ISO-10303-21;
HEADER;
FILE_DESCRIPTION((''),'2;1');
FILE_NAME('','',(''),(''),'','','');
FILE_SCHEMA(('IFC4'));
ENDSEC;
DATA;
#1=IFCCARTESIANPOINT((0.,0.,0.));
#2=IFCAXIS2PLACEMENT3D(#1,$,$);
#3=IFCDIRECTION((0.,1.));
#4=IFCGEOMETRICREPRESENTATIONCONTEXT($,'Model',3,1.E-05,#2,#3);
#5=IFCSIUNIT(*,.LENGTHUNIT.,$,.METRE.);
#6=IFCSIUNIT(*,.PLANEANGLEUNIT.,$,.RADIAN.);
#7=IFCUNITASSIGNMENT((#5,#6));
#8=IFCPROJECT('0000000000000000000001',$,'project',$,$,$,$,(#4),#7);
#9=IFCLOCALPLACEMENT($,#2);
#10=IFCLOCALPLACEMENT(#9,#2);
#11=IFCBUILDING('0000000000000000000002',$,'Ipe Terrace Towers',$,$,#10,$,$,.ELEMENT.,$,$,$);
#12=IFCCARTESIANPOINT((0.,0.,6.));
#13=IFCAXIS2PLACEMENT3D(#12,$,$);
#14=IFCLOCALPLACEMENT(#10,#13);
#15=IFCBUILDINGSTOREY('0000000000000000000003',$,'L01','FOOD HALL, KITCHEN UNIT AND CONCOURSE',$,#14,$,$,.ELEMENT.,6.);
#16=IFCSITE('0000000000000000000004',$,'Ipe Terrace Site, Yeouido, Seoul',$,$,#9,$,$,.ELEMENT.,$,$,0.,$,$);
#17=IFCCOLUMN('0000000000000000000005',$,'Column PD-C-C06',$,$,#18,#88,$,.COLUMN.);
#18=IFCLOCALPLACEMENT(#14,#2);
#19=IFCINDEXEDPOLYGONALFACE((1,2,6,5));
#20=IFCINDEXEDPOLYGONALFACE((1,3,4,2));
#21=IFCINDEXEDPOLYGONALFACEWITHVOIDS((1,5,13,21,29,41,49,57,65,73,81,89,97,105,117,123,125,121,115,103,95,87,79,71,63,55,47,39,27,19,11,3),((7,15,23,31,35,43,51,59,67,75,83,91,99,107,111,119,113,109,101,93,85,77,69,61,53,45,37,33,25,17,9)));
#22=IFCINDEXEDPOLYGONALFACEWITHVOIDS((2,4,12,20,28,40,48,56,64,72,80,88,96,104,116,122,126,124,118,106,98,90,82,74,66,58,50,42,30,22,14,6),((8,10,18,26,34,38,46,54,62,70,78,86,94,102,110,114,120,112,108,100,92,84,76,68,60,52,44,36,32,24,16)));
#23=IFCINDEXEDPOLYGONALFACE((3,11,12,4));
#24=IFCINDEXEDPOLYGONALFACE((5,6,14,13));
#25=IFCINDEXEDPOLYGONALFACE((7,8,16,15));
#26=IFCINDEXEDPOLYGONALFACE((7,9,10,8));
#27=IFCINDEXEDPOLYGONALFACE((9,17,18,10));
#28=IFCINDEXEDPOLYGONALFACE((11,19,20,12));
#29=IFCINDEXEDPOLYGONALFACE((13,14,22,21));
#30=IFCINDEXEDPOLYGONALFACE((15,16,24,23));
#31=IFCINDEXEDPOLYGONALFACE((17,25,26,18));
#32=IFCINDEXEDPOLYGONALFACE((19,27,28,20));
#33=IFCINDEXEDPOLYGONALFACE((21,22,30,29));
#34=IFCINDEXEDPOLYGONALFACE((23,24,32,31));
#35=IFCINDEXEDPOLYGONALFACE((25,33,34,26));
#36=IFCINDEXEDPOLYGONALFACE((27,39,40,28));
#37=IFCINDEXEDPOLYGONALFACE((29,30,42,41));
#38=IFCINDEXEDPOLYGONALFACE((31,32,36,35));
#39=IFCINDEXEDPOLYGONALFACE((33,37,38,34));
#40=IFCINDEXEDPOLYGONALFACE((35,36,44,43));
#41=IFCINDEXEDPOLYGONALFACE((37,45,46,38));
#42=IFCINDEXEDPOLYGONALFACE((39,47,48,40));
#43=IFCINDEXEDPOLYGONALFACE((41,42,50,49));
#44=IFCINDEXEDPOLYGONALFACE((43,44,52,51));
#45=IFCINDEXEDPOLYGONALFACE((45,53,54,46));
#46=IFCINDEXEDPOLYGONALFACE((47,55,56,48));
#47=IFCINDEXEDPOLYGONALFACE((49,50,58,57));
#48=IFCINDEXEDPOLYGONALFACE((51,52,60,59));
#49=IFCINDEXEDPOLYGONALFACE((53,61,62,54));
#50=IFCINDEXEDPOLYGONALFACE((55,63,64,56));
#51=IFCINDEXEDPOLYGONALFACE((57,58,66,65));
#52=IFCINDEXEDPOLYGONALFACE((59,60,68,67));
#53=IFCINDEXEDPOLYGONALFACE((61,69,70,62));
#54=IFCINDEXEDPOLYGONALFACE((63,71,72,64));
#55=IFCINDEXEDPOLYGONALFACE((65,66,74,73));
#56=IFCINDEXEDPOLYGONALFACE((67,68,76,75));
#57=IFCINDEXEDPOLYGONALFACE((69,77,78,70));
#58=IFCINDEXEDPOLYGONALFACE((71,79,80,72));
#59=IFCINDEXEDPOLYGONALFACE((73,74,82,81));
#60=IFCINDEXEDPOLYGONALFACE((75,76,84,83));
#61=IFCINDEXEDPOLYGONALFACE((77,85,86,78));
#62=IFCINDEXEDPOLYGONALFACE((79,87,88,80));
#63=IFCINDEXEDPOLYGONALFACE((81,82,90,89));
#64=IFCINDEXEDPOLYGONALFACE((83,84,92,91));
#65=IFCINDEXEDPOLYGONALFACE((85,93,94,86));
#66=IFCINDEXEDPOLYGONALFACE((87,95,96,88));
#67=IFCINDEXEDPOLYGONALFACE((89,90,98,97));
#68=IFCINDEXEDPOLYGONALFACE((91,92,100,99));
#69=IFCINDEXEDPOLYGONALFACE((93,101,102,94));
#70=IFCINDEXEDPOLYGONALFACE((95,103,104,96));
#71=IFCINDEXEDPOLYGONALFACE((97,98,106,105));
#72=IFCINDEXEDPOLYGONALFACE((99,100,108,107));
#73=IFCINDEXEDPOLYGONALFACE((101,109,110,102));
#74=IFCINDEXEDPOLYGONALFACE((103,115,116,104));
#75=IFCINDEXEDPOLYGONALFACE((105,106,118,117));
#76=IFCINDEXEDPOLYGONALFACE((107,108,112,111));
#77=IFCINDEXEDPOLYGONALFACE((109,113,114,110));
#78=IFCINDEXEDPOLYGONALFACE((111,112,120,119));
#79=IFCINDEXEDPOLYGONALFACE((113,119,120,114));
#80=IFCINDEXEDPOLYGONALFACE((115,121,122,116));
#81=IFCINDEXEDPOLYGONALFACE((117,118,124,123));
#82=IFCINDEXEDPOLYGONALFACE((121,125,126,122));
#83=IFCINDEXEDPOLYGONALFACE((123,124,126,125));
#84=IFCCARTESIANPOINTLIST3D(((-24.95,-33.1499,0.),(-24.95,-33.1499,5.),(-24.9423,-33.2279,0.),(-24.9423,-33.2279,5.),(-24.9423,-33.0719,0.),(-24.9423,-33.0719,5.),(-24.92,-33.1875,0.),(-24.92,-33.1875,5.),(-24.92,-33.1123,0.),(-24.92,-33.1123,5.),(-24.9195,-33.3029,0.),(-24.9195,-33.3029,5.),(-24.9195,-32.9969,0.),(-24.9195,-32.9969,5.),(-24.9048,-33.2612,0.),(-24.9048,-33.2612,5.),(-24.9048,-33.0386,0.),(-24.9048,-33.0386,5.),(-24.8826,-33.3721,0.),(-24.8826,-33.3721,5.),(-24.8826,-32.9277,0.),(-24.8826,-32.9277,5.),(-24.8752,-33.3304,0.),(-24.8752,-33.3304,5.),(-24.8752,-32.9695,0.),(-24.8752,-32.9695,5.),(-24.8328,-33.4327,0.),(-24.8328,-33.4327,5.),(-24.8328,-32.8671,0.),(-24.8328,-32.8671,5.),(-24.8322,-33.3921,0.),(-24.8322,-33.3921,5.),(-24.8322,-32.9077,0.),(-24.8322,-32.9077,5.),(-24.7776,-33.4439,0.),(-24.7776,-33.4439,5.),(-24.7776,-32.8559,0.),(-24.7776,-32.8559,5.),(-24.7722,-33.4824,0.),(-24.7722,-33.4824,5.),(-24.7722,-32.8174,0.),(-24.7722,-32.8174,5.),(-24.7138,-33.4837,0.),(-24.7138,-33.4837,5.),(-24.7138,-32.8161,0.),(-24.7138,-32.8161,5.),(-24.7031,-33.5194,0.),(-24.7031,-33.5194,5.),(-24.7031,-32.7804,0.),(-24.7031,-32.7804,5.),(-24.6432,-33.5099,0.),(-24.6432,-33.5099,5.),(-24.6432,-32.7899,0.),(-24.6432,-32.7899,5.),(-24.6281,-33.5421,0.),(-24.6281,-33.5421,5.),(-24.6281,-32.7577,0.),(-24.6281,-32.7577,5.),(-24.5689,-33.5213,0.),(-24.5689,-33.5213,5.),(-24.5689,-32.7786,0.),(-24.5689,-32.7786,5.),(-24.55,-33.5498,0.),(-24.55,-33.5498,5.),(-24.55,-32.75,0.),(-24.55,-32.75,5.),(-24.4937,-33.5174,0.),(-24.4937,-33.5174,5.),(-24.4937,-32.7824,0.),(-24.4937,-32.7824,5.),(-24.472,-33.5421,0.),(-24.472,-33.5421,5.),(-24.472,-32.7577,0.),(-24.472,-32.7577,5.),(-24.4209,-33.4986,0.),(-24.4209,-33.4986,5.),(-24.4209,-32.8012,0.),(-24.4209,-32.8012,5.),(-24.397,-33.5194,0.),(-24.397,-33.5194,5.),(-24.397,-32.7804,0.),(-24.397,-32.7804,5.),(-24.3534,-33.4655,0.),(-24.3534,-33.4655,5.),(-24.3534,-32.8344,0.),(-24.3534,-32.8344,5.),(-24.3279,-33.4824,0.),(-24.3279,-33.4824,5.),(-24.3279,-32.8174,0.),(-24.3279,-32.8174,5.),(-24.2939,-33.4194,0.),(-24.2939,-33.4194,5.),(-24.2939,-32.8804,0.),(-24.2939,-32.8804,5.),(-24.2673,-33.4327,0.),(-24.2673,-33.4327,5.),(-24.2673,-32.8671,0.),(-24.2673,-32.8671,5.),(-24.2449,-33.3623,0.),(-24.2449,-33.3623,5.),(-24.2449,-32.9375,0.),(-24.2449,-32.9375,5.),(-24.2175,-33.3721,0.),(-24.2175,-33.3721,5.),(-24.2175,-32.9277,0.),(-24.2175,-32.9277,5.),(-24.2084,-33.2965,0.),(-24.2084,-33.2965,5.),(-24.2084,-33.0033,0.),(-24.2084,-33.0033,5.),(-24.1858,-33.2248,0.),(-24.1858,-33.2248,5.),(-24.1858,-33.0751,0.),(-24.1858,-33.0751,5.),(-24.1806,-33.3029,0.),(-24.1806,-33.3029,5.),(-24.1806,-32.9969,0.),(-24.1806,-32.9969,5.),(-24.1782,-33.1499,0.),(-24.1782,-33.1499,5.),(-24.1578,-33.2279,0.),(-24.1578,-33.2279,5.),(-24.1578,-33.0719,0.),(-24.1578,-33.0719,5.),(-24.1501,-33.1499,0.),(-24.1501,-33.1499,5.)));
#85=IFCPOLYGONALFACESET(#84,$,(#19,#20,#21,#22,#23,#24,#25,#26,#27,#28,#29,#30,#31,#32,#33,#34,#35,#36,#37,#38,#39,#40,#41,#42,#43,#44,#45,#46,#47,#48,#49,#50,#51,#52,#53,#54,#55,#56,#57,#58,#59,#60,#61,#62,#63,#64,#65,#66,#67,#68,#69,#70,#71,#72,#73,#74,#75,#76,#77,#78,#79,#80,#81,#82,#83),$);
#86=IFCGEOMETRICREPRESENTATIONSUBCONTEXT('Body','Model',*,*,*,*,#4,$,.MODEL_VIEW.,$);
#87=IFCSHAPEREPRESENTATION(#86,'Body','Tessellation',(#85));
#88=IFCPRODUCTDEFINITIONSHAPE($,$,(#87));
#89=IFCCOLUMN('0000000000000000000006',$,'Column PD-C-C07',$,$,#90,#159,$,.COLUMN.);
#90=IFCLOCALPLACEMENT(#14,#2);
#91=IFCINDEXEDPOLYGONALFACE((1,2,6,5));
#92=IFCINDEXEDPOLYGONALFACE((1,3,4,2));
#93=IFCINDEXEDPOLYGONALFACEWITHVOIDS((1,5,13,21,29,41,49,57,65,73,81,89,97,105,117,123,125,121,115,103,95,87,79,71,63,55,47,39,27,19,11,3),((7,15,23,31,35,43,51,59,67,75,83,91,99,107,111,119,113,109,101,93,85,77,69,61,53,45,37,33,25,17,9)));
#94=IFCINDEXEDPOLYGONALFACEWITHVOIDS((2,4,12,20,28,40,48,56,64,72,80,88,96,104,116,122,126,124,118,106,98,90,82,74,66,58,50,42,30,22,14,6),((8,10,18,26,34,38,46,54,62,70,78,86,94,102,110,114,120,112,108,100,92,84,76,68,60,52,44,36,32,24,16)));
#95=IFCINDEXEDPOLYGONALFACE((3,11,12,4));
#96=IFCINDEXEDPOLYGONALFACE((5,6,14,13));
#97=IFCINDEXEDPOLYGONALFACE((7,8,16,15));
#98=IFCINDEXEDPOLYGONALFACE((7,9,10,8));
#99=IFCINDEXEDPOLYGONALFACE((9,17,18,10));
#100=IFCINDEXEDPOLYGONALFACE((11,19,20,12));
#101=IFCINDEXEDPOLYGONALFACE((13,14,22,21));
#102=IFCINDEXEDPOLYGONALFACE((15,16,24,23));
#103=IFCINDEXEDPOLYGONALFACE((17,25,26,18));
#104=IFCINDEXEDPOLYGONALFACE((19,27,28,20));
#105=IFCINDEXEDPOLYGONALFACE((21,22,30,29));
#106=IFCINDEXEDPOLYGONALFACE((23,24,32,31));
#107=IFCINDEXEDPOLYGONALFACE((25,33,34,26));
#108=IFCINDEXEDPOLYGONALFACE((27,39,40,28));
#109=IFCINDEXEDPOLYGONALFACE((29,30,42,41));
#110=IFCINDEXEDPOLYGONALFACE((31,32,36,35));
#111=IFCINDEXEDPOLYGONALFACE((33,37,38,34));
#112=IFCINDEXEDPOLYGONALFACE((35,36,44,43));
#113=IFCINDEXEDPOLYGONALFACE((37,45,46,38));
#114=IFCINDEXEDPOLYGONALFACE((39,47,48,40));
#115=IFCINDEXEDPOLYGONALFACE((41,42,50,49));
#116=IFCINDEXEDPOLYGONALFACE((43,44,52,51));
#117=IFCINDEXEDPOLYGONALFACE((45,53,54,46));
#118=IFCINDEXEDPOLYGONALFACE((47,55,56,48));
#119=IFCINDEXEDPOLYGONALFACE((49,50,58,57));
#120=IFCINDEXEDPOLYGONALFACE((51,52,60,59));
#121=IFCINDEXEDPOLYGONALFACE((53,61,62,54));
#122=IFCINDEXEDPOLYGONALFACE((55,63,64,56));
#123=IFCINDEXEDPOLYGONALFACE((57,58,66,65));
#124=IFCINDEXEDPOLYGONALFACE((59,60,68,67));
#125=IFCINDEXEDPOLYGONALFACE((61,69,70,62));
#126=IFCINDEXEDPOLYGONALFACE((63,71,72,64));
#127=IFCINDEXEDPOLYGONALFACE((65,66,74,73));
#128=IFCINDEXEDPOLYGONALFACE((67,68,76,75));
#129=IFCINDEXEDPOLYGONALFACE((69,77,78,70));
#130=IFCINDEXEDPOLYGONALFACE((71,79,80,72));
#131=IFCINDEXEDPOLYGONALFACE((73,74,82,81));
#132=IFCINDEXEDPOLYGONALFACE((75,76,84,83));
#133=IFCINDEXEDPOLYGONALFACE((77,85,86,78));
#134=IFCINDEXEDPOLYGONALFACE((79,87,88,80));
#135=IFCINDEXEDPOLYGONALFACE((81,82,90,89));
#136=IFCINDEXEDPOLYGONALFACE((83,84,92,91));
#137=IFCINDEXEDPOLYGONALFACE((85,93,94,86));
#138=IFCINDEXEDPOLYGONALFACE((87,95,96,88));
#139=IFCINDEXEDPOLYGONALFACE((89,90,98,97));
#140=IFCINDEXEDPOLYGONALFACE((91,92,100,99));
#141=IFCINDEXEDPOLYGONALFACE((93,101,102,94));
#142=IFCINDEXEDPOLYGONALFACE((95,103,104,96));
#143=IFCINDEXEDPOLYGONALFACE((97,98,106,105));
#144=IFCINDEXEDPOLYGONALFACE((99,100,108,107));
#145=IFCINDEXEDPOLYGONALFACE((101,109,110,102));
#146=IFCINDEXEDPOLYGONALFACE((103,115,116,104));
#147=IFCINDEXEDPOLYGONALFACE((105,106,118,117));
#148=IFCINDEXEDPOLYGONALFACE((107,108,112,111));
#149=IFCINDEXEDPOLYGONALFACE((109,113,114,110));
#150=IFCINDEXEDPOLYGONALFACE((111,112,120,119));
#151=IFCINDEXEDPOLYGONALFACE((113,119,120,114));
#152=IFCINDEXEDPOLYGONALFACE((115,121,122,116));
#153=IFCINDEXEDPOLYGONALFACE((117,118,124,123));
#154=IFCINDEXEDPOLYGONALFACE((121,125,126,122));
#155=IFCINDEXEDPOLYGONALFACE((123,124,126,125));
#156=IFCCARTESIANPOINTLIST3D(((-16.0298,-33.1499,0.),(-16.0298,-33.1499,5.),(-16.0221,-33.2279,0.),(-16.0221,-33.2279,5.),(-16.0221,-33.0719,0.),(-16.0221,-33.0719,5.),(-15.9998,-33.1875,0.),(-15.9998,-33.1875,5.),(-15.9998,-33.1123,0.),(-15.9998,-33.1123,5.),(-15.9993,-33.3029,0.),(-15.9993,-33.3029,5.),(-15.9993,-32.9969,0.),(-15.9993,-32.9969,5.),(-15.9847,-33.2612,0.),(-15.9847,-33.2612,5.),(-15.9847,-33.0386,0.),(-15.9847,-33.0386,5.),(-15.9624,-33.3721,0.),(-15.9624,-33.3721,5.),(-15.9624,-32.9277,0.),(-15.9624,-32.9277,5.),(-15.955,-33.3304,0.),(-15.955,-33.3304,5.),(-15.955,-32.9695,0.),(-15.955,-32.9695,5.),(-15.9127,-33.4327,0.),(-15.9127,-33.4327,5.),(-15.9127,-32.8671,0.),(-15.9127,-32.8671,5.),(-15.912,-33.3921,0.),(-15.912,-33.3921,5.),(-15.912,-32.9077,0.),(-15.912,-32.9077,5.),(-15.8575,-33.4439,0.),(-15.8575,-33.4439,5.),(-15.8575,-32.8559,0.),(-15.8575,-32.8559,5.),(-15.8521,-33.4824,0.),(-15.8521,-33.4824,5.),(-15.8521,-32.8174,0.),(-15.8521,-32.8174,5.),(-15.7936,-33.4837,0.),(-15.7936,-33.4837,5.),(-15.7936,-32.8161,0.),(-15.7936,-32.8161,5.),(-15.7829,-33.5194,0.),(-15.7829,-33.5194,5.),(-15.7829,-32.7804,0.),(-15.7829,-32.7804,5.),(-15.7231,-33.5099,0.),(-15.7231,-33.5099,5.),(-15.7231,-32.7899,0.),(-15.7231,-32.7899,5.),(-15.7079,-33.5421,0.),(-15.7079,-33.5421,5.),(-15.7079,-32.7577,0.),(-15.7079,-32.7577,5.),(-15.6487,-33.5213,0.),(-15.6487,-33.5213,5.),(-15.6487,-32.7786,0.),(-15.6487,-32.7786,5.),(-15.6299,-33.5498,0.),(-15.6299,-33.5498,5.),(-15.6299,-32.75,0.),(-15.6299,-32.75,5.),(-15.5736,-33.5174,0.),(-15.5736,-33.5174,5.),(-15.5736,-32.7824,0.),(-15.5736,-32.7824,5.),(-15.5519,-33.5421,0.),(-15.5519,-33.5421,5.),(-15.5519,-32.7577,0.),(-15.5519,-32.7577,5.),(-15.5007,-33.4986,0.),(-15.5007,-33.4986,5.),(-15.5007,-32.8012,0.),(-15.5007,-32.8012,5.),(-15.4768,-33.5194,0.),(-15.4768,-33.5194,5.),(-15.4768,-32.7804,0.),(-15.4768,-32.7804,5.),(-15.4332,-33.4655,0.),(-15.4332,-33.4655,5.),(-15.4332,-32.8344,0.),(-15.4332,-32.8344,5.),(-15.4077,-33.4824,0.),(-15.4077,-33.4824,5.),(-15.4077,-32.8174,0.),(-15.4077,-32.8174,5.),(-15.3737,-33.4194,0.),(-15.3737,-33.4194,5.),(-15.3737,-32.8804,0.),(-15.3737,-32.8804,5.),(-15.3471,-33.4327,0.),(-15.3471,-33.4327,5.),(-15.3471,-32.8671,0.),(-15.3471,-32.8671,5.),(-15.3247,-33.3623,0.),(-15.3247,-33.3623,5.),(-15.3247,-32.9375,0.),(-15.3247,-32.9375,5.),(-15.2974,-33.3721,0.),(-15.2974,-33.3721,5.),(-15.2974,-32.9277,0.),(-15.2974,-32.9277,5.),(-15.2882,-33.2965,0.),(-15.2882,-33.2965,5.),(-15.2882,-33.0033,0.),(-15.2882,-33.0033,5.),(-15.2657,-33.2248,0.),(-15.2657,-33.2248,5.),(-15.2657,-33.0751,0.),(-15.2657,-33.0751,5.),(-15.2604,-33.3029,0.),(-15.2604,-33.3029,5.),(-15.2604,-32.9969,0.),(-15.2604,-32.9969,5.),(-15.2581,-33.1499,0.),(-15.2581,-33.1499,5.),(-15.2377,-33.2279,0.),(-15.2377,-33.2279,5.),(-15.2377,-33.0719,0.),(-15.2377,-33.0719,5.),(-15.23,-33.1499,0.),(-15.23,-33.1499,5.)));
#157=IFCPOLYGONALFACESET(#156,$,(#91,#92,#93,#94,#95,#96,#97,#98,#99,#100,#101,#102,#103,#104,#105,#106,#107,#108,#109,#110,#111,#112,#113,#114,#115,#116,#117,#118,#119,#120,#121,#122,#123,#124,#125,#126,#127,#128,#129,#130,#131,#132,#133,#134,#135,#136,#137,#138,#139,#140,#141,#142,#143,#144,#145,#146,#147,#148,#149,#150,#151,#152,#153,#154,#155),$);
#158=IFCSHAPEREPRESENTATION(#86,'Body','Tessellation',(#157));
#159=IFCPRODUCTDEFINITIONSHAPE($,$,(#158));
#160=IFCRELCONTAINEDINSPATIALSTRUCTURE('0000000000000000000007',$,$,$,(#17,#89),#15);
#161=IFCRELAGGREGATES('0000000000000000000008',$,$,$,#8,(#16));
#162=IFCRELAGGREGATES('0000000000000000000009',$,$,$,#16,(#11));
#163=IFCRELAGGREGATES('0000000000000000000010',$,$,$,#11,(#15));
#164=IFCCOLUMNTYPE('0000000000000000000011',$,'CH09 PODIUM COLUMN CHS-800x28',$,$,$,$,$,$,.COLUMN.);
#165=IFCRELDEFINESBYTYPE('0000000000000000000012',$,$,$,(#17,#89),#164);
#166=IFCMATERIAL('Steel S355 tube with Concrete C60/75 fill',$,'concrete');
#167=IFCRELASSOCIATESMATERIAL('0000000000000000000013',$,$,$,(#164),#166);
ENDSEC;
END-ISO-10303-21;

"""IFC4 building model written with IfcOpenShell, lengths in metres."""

from ifc_helpers import new_model, si_unit, direction, frame, origin, origin_2d, place, context, subcontext, project, spatial, hollow_circle, extrude, material, material_profile, profile_set, type_object, element, save


model = new_model("IFC4")

# Units and contexts
model_context = context("Model", 3, precision=1e-05, world=origin(), true_north=direction((0.0, 1.0)))
body_context = subcontext(model_context, "Body", "Model", "MODEL_VIEW")
ifc_project = project(units=[si_unit("LENGTHUNIT", "METRE"), si_unit("PLANEANGLEUNIT", "RADIAN")], contexts=[model_context])

# Site, building, storey
site_placement = place(None, origin())
site = spatial("IfcSite", under=ifc_project, at=site_placement, Name="Ipe Terrace Site, Yeouido, Seoul", CompositionType="ELEMENT", RefElevation=0.0)
building_placement = place(site_placement, origin())
building = spatial("IfcBuilding", under=site, at=building_placement, Name="Ipe Terrace Towers", CompositionType="ELEMENT")
storey_placement = place(building_placement, frame((0.0, 0.0, 6.0)))
storey = spatial("IfcBuildingStorey", under=building, at=storey_placement, Name="L01", Description="FOOD HALL, KITCHEN UNIT AND CONCOURSE", CompositionType="ELEMENT", Elevation=6.0)

# Columns
ifc_material_1 = material(Name="Steel S355 tube with Concrete C60/75 fill", Category="concrete")
ifc_material_profile_1 = material_profile(ifc_material_1, hollow_circle(Radius=0.3999, WallThickness=0.0281, at=origin_2d()), Name="CHS-800x28")
ifc_profile_set_1 = profile_set([ifc_material_profile_1], Name="Steel S355 tube with Concrete C60/75 fill")
column_type = type_object("IfcColumnType", Name="CH09 PODIUM COLUMN CHS-800x28", PredefinedType="COLUMN", material=ifc_profile_set_1)
for number, where, z_axis, x_axis, name in (
    (1, (-24.55, -33.1499, 0.0), (0.0, 0.0, 1.0), (1.0, 0.0, 0.0), "Column PD-C-C06"),
    (2, (-15.6299, -33.1499, 0.0), (0.0, 0.0, 1.0), (1.0, 0.0, 0.0), "Column PD-C-C07"),
):
    element("IfcColumn", number, at=place(storey_placement, frame(where, z_axis=z_axis, x_axis=x_axis)), inside=storey, type_object=column_type, Name=name, PredefinedType="COLUMN", context=body_context, shape_type="SweptSolid", body=[
        extrude(hollow_circle(Radius=0.3999, WallThickness=0.0281, at=origin_2d()), origin(), (0.0, 0.0, 1.0), 5.0),
    ])

save(model, "model.ifc")
